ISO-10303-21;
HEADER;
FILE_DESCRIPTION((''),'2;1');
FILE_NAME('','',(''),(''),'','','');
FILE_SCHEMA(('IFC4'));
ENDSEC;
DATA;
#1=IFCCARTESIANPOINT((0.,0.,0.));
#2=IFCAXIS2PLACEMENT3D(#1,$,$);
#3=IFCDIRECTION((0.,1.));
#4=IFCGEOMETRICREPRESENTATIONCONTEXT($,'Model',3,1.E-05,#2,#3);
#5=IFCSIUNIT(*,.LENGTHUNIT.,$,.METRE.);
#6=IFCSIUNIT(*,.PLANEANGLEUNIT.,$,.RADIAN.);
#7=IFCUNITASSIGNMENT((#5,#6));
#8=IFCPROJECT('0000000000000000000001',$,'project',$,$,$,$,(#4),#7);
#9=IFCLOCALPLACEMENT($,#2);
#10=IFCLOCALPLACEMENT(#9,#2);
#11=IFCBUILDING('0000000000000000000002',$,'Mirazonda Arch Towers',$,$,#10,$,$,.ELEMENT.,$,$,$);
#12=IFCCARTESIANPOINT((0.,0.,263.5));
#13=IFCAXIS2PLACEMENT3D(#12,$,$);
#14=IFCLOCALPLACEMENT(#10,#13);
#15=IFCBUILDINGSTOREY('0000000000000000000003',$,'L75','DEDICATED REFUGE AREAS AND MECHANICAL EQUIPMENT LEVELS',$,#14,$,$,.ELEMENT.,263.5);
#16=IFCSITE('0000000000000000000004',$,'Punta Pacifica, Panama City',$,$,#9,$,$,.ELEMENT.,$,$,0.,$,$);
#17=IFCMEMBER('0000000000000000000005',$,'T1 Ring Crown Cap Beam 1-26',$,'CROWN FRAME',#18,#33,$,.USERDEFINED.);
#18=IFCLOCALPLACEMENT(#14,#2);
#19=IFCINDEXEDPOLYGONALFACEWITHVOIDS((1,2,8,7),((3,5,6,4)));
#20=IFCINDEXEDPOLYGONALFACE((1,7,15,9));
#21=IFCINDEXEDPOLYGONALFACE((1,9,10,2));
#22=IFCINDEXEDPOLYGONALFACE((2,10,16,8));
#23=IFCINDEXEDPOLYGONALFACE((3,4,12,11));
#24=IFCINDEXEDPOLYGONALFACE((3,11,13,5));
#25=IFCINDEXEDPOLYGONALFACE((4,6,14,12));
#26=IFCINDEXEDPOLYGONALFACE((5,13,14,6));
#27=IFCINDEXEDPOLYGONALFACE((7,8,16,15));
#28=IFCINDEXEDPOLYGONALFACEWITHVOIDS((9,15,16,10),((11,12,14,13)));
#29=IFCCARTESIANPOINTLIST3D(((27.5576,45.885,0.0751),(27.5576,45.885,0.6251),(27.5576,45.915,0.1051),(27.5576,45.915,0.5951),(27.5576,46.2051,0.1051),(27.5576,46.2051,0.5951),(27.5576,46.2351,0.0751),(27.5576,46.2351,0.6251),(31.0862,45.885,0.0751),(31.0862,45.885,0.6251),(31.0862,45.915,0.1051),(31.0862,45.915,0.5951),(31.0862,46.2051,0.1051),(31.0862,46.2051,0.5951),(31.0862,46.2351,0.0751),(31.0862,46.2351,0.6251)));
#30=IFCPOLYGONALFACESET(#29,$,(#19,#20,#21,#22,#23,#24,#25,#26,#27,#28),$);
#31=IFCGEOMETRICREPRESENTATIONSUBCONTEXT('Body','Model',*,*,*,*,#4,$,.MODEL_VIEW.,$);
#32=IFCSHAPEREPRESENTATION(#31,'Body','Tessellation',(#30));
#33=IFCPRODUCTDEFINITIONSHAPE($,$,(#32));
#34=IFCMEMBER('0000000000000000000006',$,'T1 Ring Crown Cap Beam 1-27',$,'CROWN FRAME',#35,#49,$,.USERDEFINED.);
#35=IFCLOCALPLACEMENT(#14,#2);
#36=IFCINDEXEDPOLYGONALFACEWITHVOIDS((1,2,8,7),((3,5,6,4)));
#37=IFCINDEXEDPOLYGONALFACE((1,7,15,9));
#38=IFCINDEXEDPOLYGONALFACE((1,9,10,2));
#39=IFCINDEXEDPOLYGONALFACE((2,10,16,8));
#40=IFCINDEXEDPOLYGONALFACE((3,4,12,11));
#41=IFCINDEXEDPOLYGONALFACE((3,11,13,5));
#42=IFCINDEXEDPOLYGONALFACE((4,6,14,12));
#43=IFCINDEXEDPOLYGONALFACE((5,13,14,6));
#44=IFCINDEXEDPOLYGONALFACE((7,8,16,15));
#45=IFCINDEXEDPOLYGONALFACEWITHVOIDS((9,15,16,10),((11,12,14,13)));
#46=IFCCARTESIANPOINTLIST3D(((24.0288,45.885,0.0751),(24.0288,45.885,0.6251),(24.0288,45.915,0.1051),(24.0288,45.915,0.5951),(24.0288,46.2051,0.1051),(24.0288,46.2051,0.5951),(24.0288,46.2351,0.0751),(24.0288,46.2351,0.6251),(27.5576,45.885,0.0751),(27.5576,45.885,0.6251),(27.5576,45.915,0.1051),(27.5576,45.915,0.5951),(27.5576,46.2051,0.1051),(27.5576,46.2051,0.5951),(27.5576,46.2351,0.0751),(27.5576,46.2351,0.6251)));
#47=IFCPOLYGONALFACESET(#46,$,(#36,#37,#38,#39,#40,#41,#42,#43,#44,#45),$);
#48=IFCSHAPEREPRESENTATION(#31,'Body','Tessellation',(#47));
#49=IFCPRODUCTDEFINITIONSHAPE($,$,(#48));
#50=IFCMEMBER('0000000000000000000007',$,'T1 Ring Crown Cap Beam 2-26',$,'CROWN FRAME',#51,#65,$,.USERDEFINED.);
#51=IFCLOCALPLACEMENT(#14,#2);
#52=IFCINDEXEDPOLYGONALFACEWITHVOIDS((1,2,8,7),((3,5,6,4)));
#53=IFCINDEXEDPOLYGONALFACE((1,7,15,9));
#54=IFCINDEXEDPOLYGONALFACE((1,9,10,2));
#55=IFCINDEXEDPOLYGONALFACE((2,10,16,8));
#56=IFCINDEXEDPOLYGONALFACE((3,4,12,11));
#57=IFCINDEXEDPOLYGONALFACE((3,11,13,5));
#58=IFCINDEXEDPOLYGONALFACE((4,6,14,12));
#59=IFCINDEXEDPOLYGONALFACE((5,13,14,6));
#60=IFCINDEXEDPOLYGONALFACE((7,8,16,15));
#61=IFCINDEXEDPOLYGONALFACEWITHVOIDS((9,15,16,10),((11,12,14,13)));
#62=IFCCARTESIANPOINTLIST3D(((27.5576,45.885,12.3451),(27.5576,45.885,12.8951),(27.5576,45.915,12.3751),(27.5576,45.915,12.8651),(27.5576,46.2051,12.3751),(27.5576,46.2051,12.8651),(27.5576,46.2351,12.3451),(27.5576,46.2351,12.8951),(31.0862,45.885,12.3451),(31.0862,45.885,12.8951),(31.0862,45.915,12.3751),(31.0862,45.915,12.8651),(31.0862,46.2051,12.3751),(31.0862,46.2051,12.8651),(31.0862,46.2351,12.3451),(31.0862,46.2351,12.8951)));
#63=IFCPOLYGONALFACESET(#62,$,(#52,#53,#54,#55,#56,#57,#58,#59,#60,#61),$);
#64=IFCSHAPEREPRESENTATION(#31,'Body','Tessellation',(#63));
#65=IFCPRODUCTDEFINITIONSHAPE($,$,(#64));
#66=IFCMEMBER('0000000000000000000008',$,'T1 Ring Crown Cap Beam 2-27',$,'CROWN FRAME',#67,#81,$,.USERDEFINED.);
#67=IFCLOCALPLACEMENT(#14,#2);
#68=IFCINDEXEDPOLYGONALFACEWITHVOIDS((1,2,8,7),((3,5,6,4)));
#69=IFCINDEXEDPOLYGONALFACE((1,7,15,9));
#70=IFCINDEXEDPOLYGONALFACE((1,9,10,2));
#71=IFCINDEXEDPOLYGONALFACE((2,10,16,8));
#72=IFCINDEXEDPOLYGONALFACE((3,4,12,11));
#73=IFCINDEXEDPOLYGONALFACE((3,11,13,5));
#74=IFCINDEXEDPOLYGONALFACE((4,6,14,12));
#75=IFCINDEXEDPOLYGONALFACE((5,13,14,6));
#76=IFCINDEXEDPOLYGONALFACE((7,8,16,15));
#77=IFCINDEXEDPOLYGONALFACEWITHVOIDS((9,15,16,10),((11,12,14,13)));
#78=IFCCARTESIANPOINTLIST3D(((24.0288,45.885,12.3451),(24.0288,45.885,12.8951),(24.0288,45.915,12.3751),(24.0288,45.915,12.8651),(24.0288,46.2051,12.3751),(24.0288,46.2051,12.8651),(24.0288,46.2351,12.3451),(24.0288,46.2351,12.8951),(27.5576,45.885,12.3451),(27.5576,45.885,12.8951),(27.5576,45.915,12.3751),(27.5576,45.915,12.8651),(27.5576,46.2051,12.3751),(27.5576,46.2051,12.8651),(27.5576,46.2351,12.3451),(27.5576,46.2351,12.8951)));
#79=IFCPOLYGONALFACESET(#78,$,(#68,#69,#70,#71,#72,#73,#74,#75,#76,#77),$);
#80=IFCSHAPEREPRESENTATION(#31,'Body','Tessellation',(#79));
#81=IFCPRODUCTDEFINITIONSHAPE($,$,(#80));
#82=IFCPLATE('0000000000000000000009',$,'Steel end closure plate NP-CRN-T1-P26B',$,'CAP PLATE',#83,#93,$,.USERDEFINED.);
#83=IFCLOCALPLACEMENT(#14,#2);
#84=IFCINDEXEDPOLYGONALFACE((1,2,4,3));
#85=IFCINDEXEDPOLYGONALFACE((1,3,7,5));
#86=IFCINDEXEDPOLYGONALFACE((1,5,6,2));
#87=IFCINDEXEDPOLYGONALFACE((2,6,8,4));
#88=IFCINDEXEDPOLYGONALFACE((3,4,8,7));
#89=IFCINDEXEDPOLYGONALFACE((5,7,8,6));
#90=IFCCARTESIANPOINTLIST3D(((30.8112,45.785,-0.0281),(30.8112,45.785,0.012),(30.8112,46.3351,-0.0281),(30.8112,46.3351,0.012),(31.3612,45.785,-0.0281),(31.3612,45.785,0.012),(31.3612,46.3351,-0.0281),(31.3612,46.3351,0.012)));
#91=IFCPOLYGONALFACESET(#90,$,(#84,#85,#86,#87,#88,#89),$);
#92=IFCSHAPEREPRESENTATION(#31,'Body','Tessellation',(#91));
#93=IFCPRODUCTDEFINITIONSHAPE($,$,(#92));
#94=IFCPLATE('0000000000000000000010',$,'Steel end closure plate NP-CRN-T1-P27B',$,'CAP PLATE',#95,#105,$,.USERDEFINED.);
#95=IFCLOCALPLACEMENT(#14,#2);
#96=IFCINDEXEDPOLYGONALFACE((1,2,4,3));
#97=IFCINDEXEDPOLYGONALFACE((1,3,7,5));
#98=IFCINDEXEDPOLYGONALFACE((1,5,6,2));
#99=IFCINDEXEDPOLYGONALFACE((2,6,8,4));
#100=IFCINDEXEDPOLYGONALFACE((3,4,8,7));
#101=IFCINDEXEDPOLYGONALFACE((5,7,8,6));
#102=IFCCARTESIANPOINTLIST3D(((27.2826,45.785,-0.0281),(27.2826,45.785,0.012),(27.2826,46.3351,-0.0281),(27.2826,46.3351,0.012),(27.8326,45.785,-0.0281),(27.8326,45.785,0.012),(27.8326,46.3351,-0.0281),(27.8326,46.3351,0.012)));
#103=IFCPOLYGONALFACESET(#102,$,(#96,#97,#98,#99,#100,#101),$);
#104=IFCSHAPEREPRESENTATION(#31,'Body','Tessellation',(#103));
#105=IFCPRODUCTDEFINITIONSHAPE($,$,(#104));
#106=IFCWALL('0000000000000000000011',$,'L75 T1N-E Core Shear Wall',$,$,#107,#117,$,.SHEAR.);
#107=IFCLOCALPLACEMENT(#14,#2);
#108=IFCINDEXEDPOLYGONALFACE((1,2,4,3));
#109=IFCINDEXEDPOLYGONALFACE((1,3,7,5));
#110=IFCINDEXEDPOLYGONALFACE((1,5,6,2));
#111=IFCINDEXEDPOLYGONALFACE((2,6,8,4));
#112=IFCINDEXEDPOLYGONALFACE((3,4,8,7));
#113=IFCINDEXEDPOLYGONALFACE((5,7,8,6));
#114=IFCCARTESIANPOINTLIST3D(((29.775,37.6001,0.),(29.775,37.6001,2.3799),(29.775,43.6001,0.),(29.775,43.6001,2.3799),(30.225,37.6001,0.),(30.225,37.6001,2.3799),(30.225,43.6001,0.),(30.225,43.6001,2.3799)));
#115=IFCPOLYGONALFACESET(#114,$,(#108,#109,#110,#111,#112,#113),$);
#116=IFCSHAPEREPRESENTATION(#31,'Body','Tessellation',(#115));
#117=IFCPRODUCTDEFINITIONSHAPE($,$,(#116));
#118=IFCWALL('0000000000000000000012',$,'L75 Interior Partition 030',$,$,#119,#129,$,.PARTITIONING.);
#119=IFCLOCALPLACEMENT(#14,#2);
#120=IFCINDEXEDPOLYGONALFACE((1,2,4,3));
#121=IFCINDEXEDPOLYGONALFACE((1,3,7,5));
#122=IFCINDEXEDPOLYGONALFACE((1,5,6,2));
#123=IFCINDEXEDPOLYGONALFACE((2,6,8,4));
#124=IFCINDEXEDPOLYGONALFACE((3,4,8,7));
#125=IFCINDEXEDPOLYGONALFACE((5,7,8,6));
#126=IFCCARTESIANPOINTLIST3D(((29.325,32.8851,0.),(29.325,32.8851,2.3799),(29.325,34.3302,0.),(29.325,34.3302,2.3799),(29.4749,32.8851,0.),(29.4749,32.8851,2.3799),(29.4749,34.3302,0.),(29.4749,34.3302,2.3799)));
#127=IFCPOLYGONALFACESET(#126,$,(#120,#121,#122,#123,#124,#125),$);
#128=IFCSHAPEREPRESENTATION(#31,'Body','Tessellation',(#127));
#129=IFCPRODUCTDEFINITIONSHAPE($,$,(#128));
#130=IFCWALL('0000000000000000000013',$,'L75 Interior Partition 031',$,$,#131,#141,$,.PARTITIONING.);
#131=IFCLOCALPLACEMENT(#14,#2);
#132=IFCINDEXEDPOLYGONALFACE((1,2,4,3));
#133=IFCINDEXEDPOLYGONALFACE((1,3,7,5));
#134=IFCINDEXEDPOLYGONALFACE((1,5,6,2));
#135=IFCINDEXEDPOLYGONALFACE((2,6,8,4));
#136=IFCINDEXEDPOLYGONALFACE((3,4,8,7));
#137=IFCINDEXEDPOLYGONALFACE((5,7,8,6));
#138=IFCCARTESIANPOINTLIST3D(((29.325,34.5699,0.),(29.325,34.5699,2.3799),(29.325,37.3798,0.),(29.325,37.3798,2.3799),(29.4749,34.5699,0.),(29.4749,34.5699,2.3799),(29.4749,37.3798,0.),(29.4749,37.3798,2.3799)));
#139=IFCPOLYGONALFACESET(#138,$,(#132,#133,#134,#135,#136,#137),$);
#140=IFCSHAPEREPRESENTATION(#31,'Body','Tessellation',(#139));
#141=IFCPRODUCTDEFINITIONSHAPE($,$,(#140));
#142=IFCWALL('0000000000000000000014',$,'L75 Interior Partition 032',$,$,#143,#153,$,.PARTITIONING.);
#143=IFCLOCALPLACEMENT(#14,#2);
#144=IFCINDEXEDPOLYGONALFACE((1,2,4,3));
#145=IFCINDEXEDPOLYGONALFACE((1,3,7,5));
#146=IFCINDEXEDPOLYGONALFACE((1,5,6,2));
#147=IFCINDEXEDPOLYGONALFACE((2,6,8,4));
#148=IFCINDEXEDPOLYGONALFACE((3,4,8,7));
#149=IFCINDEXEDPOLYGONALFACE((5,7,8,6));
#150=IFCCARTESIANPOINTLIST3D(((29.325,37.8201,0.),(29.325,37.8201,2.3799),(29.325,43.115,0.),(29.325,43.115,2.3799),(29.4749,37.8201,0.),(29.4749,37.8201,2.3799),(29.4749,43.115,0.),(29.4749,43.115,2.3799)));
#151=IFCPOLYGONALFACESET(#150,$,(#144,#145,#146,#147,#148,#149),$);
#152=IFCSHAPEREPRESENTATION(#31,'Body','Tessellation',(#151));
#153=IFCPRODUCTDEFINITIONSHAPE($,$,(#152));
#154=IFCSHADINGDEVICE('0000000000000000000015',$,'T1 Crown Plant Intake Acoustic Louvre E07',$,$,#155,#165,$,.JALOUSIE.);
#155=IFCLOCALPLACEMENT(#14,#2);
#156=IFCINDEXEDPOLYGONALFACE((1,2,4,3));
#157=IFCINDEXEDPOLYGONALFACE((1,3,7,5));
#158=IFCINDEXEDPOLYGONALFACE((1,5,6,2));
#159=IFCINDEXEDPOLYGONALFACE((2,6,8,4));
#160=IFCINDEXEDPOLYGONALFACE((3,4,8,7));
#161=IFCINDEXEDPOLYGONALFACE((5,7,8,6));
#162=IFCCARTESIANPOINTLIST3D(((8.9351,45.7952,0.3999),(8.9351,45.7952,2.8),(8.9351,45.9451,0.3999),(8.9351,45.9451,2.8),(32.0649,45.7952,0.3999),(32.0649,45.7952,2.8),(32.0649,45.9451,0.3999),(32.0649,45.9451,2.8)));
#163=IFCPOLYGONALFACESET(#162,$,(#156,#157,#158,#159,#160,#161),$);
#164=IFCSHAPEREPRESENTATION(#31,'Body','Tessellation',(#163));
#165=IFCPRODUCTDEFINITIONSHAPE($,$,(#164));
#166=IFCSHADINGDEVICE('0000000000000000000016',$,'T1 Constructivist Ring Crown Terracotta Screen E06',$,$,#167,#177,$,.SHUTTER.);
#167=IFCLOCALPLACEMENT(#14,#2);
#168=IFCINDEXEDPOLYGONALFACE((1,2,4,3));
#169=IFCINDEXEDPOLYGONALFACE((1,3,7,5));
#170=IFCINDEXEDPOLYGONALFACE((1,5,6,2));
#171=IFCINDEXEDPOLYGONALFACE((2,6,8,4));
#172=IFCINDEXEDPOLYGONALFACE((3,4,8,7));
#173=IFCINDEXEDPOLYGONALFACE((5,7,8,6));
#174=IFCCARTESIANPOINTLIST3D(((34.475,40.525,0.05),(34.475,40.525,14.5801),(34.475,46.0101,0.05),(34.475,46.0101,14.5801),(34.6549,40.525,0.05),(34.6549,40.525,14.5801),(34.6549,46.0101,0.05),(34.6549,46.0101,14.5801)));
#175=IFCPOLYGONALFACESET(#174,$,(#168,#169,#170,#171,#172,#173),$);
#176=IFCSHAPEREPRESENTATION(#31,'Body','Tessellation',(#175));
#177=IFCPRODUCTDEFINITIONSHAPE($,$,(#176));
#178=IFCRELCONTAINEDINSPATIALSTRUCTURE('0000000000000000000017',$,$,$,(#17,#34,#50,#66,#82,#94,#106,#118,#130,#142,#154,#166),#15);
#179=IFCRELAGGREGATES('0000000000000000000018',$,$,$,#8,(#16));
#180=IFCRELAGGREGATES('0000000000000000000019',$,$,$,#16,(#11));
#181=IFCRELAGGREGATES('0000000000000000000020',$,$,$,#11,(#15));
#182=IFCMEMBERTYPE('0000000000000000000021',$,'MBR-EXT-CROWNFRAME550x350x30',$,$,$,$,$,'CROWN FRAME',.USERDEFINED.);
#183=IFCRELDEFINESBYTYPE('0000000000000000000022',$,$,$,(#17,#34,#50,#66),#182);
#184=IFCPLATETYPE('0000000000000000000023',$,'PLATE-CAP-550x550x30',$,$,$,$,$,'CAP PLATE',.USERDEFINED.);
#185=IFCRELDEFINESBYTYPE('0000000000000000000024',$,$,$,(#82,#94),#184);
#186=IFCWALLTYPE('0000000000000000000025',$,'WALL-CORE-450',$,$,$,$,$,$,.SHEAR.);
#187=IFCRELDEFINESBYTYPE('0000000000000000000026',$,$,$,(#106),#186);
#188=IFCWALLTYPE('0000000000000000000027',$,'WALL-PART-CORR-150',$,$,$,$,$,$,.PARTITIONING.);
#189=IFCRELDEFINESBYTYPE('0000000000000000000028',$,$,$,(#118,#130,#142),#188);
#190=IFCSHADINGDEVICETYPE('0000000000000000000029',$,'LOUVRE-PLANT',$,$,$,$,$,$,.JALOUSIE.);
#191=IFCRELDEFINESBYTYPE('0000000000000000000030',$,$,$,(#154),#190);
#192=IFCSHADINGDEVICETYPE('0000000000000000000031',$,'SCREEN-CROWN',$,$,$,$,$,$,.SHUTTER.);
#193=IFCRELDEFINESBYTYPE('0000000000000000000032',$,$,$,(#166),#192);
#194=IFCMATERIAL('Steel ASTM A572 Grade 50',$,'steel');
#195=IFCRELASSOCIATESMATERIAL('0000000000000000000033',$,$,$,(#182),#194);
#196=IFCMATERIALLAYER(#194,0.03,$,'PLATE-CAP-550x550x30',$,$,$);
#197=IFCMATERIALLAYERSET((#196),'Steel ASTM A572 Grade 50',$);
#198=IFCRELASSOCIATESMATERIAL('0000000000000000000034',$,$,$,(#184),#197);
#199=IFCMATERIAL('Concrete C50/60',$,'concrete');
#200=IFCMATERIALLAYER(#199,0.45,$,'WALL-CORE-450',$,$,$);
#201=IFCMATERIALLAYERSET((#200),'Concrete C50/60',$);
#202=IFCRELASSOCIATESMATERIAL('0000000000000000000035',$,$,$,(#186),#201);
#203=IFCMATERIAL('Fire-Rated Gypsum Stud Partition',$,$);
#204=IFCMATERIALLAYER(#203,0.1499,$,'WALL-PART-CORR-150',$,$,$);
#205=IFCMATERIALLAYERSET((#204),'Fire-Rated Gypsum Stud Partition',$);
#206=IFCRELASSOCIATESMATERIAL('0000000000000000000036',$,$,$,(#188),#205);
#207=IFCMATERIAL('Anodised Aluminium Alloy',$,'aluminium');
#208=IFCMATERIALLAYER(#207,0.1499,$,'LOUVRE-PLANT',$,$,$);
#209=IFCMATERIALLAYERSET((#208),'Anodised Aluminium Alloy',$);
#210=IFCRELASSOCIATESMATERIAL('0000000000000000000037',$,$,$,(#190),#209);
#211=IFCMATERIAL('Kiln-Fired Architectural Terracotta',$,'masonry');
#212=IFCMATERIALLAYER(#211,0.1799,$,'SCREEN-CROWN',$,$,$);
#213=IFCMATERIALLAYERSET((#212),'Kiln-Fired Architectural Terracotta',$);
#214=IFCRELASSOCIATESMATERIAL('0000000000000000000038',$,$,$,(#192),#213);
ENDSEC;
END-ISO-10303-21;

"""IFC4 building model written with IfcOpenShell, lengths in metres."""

from ifc_helpers import new_model, si_unit, direction, frame, frame_2d, origin, origin_2d, place, context, subcontext, project, spatial, rectangle, hollow_rectangle, extrude, material, layer, layer_set, material_profile, profile_set, type_object, element, save


model = new_model("IFC4")

# Units and contexts
model_context = context("Model", 3, precision=1e-05, world=origin(), true_north=direction((0.0, 1.0)))
body_context = subcontext(model_context, "Body", "Model", "MODEL_VIEW")
ifc_project = project(units=[si_unit("LENGTHUNIT", "METRE"), si_unit("PLANEANGLEUNIT", "RADIAN")], contexts=[model_context])

# Site, building, storey
site_placement = place(None, origin())
site = spatial("IfcSite", under=ifc_project, at=site_placement, Name="Punta Pacifica, Panama City", CompositionType="ELEMENT", RefElevation=0.0)
building_placement = place(site_placement, origin())
building = spatial("IfcBuilding", under=site, at=building_placement, Name="Mirazonda Arch Towers", CompositionType="ELEMENT")
storey_placement = place(building_placement, frame((0.0, 0.0, 263.5)))
storey = spatial("IfcBuildingStorey", under=building, at=storey_placement, Name="L75", Description="DEDICATED REFUGE AREAS AND MECHANICAL EQUIPMENT LEVELS", CompositionType="ELEMENT", Elevation=263.5)

# Shared definitions
ifc_material_1 = material(Name="Concrete C50/60", Category="concrete")

# Members
ifc_material_2 = material(Name="Steel ASTM A572 Grade 50", Category="steel")
ifc_material_profile_1 = material_profile(ifc_material_2, hollow_rectangle(XDim=0.3501, YDim=0.55, WallThickness=0.03, at=origin_2d()), Name="CROWNFRAME550x350x30")
ifc_profile_set_1 = profile_set([ifc_material_profile_1], Name="Steel ASTM A572 Grade 50")
member_type = type_object("IfcMemberType", Name="MBR-EXT-CROWNFRAME550x350x30", ElementType="CROWN FRAME", PredefinedType="USERDEFINED", material=ifc_profile_set_1)
member_1_placement = place(storey_placement, frame((31.0862, 46.0601, 0.3501), z_axis=(-1.0, 0.0, 0.0), x_axis=(0.0, -1.0, 0.0)))
element("IfcMember", 1, at=member_1_placement, inside=storey, type_object=member_type, Name="T1 Ring Crown Cap Beam 1-26", ObjectType="CROWN FRAME", PredefinedType="USERDEFINED", context=body_context, shape_type="SweptSolid", body=[
    extrude(hollow_rectangle(XDim=0.3501, YDim=0.55, WallThickness=0.03, at=origin_2d()), origin(), (0.0, 0.0, 1.0), 3.5286),
])
member_2_placement = place(storey_placement, frame((27.5576, 46.0601, 0.3501), z_axis=(-1.0, 0.0, 0.0), x_axis=(0.0, -1.0, 0.0)))
element("IfcMember", 2, at=member_2_placement, inside=storey, type_object=member_type, Name="T1 Ring Crown Cap Beam 1-27", ObjectType="CROWN FRAME", PredefinedType="USERDEFINED", context=body_context, shape_type="SweptSolid", body=[
    extrude(hollow_rectangle(XDim=0.3501, YDim=0.55, WallThickness=0.03, at=origin_2d()), origin(), (0.0, 0.0, 1.0), 3.5288),
])
member_3_placement = place(storey_placement, frame((31.0862, 46.0601, 12.6201), z_axis=(-1.0, 0.0, 0.0), x_axis=(0.0, -1.0, 0.0)))
element("IfcMember", 3, at=member_3_placement, inside=storey, type_object=member_type, Name="T1 Ring Crown Cap Beam 2-26", ObjectType="CROWN FRAME", PredefinedType="USERDEFINED", context=body_context, shape_type="SweptSolid", body=[
    extrude(hollow_rectangle(XDim=0.3501, YDim=0.55, WallThickness=0.03, at=origin_2d()), origin(), (0.0, 0.0, 1.0), 3.5286),
])
member_4_placement = place(storey_placement, frame((27.5576, 46.0601, 12.6201), z_axis=(-1.0, 0.0, 0.0), x_axis=(0.0, -1.0, 0.0)))
element("IfcMember", 4, at=member_4_placement, inside=storey, type_object=member_type, Name="T1 Ring Crown Cap Beam 2-27", ObjectType="CROWN FRAME", PredefinedType="USERDEFINED", context=body_context, shape_type="SweptSolid", body=[
    extrude(hollow_rectangle(XDim=0.3501, YDim=0.55, WallThickness=0.03, at=origin_2d()), origin(), (0.0, 0.0, 1.0), 3.5288),
])

# Plates
ifc_layer_1 = layer(ifc_material_2, 0.03, Name="PLATE-CAP-550x550x30")
ifc_layer_set_1 = layer_set([ifc_layer_1], Name="Steel ASTM A572 Grade 50")
plate_type = type_object("IfcPlateType", Name="PLATE-CAP-550x550x30", ElementType="CAP PLATE", PredefinedType="USERDEFINED", material=ifc_layer_set_1)
for number, where, z_axis, x_axis, name in (
    (5, (31.0862, 46.0601, -0.0281), (0.0, 0.0, 1.0), (1.0, 0.0, 0.0), "Steel end closure plate NP-CRN-T1-P26B"),
    (6, (27.5576, 46.0601, -0.0281), (0.0, 0.0, 1.0), (1.0, 0.0, 0.0), "Steel end closure plate NP-CRN-T1-P27B"),
):
    element("IfcPlate", number, at=place(storey_placement, frame(where, z_axis=z_axis, x_axis=x_axis)), inside=storey, type_object=plate_type, Name=name, ObjectType="CAP PLATE", PredefinedType="USERDEFINED", context=body_context, shape_type="SweptSolid", body=[
        extrude(rectangle(XDim=0.55, YDim=0.55, at=origin_2d()), origin(), (0.0, 0.0, 1.0), 0.04),
    ])

# Walls
ifc_layer_2 = layer(ifc_material_1, 0.45, Name="WALL-CORE-450")
ifc_layer_set_2 = layer_set([ifc_layer_2], Name="Concrete C50/60")
wall_type_1 = type_object("IfcWallType", Name="WALL-CORE-450", PredefinedType="SHEAR", material=ifc_layer_set_2)
wall_1_placement = place(storey_placement, frame((30.0, 37.6001, 0.0), z_axis=(0.0, 0.0, 1.0), x_axis=(0.0, 1.0, 0.0)))
element("IfcWall", 7, at=wall_1_placement, inside=storey, type_object=wall_type_1, Name="L75 T1N-E Core Shear Wall", PredefinedType="SHEAR", context=body_context, shape_type="SweptSolid", body=[
    extrude(rectangle(XDim=6.0, YDim=0.45, at=frame_2d((3.0, 0.0))), origin(), (0.0, 0.0, 1.0), 2.3799),
])
ifc_material_3 = material(Name="Fire-Rated Gypsum Stud Partition")
ifc_layer_3 = layer(ifc_material_3, 0.1499, Name="WALL-PART-CORR-150")
ifc_layer_set_3 = layer_set([ifc_layer_3], Name="Fire-Rated Gypsum Stud Partition")
wall_type_2 = type_object("IfcWallType", Name="WALL-PART-CORR-150", PredefinedType="PARTITIONING", material=ifc_layer_set_3)
wall_2_placement = place(storey_placement, frame((29.3999, 32.885, 0.0), z_axis=(0.0, 0.0, 1.0), x_axis=(0.0, 1.0, 0.0)))
element("IfcWall", 8, at=wall_2_placement, inside=storey, type_object=wall_type_2, Name="L75 Interior Partition 030", PredefinedType="PARTITIONING", context=body_context, shape_type="SweptSolid", body=[
    extrude(rectangle(XDim=1.4451, YDim=0.1499, at=frame_2d((0.7227, 0.0))), origin(), (0.0, 0.0, 1.0), 2.3799),
])
wall_3_placement = place(storey_placement, frame((29.3999, 34.5701, 0.0), z_axis=(0.0, 0.0, 1.0), x_axis=(0.0, 1.0, 0.0)))
element("IfcWall", 9, at=wall_3_placement, inside=storey, type_object=wall_type_2, Name="L75 Interior Partition 031", PredefinedType="PARTITIONING", context=body_context, shape_type="SweptSolid", body=[
    extrude(rectangle(XDim=2.8098, YDim=0.1499, at=frame_2d((1.4048, 0.0))), origin(), (0.0, 0.0, 1.0), 2.3799),
])
wall_4_placement = place(storey_placement, frame((29.3999, 37.8201, 0.0), z_axis=(0.0, 0.0, 1.0), x_axis=(0.0, 1.0, 0.0)))
element("IfcWall", 10, at=wall_4_placement, inside=storey, type_object=wall_type_2, Name="L75 Interior Partition 032", PredefinedType="PARTITIONING", context=body_context, shape_type="SweptSolid", body=[
    extrude(rectangle(XDim=5.2949, YDim=0.1499, at=frame_2d((2.6475, 0.0))), origin(), (0.0, 0.0, 1.0), 2.3799),
])

# Shading devices
ifc_material_4 = material(Name="Anodised Aluminium Alloy", Category="aluminium")
ifc_layer_4 = layer(ifc_material_4, 0.1499, Name="LOUVRE-PLANT")
ifc_layer_set_4 = layer_set([ifc_layer_4], Name="Anodised Aluminium Alloy")
shading_device_type_1 = type_object("IfcShadingDeviceType", Name="LOUVRE-PLANT", PredefinedType="JALOUSIE", material=ifc_layer_set_4)
shading_device_1_placement = place(storey_placement, frame((32.0649, 45.8701, 0.3999), z_axis=(0.0, 0.0, 1.0), x_axis=(-1.0, 0.0, 0.0)))
element("IfcShadingDevice", 11, at=shading_device_1_placement, inside=storey, type_object=shading_device_type_1, Name="T1 Crown Plant Intake Acoustic Louvre E07", PredefinedType="JALOUSIE", context=body_context, shape_type="SweptSolid", body=[
    extrude(rectangle(XDim=23.1299, YDim=0.1499, at=frame_2d((11.5649, 0.0))), origin(), (0.0, 0.0, 1.0), 2.4001),
])
ifc_material_5 = material(Name="Kiln-Fired Architectural Terracotta", Category="masonry")
ifc_layer_5 = layer(ifc_material_5, 0.1799, Name="SCREEN-CROWN")
ifc_layer_set_5 = layer_set([ifc_layer_5], Name="Kiln-Fired Architectural Terracotta")
shading_device_type_2 = type_object("IfcShadingDeviceType", Name="SCREEN-CROWN", PredefinedType="SHUTTER", material=ifc_layer_set_5)
shading_device_2_placement = place(storey_placement, frame((34.5649, 40.5249, 0.05), z_axis=(0.0, 0.0, 1.0), x_axis=(0.0, 1.0, 0.0)))
element("IfcShadingDevice", 12, at=shading_device_2_placement, inside=storey, type_object=shading_device_type_2, Name="T1 Constructivist Ring Crown Terracotta Screen E06", PredefinedType="SHUTTER", context=body_context, shape_type="SweptSolid", body=[
    extrude(rectangle(XDim=5.4851, YDim=0.1799, at=frame_2d((2.7427, 0.0))), origin(), (0.0, 0.0, 1.0), 14.53),
])

save(model, "model.ifc")
